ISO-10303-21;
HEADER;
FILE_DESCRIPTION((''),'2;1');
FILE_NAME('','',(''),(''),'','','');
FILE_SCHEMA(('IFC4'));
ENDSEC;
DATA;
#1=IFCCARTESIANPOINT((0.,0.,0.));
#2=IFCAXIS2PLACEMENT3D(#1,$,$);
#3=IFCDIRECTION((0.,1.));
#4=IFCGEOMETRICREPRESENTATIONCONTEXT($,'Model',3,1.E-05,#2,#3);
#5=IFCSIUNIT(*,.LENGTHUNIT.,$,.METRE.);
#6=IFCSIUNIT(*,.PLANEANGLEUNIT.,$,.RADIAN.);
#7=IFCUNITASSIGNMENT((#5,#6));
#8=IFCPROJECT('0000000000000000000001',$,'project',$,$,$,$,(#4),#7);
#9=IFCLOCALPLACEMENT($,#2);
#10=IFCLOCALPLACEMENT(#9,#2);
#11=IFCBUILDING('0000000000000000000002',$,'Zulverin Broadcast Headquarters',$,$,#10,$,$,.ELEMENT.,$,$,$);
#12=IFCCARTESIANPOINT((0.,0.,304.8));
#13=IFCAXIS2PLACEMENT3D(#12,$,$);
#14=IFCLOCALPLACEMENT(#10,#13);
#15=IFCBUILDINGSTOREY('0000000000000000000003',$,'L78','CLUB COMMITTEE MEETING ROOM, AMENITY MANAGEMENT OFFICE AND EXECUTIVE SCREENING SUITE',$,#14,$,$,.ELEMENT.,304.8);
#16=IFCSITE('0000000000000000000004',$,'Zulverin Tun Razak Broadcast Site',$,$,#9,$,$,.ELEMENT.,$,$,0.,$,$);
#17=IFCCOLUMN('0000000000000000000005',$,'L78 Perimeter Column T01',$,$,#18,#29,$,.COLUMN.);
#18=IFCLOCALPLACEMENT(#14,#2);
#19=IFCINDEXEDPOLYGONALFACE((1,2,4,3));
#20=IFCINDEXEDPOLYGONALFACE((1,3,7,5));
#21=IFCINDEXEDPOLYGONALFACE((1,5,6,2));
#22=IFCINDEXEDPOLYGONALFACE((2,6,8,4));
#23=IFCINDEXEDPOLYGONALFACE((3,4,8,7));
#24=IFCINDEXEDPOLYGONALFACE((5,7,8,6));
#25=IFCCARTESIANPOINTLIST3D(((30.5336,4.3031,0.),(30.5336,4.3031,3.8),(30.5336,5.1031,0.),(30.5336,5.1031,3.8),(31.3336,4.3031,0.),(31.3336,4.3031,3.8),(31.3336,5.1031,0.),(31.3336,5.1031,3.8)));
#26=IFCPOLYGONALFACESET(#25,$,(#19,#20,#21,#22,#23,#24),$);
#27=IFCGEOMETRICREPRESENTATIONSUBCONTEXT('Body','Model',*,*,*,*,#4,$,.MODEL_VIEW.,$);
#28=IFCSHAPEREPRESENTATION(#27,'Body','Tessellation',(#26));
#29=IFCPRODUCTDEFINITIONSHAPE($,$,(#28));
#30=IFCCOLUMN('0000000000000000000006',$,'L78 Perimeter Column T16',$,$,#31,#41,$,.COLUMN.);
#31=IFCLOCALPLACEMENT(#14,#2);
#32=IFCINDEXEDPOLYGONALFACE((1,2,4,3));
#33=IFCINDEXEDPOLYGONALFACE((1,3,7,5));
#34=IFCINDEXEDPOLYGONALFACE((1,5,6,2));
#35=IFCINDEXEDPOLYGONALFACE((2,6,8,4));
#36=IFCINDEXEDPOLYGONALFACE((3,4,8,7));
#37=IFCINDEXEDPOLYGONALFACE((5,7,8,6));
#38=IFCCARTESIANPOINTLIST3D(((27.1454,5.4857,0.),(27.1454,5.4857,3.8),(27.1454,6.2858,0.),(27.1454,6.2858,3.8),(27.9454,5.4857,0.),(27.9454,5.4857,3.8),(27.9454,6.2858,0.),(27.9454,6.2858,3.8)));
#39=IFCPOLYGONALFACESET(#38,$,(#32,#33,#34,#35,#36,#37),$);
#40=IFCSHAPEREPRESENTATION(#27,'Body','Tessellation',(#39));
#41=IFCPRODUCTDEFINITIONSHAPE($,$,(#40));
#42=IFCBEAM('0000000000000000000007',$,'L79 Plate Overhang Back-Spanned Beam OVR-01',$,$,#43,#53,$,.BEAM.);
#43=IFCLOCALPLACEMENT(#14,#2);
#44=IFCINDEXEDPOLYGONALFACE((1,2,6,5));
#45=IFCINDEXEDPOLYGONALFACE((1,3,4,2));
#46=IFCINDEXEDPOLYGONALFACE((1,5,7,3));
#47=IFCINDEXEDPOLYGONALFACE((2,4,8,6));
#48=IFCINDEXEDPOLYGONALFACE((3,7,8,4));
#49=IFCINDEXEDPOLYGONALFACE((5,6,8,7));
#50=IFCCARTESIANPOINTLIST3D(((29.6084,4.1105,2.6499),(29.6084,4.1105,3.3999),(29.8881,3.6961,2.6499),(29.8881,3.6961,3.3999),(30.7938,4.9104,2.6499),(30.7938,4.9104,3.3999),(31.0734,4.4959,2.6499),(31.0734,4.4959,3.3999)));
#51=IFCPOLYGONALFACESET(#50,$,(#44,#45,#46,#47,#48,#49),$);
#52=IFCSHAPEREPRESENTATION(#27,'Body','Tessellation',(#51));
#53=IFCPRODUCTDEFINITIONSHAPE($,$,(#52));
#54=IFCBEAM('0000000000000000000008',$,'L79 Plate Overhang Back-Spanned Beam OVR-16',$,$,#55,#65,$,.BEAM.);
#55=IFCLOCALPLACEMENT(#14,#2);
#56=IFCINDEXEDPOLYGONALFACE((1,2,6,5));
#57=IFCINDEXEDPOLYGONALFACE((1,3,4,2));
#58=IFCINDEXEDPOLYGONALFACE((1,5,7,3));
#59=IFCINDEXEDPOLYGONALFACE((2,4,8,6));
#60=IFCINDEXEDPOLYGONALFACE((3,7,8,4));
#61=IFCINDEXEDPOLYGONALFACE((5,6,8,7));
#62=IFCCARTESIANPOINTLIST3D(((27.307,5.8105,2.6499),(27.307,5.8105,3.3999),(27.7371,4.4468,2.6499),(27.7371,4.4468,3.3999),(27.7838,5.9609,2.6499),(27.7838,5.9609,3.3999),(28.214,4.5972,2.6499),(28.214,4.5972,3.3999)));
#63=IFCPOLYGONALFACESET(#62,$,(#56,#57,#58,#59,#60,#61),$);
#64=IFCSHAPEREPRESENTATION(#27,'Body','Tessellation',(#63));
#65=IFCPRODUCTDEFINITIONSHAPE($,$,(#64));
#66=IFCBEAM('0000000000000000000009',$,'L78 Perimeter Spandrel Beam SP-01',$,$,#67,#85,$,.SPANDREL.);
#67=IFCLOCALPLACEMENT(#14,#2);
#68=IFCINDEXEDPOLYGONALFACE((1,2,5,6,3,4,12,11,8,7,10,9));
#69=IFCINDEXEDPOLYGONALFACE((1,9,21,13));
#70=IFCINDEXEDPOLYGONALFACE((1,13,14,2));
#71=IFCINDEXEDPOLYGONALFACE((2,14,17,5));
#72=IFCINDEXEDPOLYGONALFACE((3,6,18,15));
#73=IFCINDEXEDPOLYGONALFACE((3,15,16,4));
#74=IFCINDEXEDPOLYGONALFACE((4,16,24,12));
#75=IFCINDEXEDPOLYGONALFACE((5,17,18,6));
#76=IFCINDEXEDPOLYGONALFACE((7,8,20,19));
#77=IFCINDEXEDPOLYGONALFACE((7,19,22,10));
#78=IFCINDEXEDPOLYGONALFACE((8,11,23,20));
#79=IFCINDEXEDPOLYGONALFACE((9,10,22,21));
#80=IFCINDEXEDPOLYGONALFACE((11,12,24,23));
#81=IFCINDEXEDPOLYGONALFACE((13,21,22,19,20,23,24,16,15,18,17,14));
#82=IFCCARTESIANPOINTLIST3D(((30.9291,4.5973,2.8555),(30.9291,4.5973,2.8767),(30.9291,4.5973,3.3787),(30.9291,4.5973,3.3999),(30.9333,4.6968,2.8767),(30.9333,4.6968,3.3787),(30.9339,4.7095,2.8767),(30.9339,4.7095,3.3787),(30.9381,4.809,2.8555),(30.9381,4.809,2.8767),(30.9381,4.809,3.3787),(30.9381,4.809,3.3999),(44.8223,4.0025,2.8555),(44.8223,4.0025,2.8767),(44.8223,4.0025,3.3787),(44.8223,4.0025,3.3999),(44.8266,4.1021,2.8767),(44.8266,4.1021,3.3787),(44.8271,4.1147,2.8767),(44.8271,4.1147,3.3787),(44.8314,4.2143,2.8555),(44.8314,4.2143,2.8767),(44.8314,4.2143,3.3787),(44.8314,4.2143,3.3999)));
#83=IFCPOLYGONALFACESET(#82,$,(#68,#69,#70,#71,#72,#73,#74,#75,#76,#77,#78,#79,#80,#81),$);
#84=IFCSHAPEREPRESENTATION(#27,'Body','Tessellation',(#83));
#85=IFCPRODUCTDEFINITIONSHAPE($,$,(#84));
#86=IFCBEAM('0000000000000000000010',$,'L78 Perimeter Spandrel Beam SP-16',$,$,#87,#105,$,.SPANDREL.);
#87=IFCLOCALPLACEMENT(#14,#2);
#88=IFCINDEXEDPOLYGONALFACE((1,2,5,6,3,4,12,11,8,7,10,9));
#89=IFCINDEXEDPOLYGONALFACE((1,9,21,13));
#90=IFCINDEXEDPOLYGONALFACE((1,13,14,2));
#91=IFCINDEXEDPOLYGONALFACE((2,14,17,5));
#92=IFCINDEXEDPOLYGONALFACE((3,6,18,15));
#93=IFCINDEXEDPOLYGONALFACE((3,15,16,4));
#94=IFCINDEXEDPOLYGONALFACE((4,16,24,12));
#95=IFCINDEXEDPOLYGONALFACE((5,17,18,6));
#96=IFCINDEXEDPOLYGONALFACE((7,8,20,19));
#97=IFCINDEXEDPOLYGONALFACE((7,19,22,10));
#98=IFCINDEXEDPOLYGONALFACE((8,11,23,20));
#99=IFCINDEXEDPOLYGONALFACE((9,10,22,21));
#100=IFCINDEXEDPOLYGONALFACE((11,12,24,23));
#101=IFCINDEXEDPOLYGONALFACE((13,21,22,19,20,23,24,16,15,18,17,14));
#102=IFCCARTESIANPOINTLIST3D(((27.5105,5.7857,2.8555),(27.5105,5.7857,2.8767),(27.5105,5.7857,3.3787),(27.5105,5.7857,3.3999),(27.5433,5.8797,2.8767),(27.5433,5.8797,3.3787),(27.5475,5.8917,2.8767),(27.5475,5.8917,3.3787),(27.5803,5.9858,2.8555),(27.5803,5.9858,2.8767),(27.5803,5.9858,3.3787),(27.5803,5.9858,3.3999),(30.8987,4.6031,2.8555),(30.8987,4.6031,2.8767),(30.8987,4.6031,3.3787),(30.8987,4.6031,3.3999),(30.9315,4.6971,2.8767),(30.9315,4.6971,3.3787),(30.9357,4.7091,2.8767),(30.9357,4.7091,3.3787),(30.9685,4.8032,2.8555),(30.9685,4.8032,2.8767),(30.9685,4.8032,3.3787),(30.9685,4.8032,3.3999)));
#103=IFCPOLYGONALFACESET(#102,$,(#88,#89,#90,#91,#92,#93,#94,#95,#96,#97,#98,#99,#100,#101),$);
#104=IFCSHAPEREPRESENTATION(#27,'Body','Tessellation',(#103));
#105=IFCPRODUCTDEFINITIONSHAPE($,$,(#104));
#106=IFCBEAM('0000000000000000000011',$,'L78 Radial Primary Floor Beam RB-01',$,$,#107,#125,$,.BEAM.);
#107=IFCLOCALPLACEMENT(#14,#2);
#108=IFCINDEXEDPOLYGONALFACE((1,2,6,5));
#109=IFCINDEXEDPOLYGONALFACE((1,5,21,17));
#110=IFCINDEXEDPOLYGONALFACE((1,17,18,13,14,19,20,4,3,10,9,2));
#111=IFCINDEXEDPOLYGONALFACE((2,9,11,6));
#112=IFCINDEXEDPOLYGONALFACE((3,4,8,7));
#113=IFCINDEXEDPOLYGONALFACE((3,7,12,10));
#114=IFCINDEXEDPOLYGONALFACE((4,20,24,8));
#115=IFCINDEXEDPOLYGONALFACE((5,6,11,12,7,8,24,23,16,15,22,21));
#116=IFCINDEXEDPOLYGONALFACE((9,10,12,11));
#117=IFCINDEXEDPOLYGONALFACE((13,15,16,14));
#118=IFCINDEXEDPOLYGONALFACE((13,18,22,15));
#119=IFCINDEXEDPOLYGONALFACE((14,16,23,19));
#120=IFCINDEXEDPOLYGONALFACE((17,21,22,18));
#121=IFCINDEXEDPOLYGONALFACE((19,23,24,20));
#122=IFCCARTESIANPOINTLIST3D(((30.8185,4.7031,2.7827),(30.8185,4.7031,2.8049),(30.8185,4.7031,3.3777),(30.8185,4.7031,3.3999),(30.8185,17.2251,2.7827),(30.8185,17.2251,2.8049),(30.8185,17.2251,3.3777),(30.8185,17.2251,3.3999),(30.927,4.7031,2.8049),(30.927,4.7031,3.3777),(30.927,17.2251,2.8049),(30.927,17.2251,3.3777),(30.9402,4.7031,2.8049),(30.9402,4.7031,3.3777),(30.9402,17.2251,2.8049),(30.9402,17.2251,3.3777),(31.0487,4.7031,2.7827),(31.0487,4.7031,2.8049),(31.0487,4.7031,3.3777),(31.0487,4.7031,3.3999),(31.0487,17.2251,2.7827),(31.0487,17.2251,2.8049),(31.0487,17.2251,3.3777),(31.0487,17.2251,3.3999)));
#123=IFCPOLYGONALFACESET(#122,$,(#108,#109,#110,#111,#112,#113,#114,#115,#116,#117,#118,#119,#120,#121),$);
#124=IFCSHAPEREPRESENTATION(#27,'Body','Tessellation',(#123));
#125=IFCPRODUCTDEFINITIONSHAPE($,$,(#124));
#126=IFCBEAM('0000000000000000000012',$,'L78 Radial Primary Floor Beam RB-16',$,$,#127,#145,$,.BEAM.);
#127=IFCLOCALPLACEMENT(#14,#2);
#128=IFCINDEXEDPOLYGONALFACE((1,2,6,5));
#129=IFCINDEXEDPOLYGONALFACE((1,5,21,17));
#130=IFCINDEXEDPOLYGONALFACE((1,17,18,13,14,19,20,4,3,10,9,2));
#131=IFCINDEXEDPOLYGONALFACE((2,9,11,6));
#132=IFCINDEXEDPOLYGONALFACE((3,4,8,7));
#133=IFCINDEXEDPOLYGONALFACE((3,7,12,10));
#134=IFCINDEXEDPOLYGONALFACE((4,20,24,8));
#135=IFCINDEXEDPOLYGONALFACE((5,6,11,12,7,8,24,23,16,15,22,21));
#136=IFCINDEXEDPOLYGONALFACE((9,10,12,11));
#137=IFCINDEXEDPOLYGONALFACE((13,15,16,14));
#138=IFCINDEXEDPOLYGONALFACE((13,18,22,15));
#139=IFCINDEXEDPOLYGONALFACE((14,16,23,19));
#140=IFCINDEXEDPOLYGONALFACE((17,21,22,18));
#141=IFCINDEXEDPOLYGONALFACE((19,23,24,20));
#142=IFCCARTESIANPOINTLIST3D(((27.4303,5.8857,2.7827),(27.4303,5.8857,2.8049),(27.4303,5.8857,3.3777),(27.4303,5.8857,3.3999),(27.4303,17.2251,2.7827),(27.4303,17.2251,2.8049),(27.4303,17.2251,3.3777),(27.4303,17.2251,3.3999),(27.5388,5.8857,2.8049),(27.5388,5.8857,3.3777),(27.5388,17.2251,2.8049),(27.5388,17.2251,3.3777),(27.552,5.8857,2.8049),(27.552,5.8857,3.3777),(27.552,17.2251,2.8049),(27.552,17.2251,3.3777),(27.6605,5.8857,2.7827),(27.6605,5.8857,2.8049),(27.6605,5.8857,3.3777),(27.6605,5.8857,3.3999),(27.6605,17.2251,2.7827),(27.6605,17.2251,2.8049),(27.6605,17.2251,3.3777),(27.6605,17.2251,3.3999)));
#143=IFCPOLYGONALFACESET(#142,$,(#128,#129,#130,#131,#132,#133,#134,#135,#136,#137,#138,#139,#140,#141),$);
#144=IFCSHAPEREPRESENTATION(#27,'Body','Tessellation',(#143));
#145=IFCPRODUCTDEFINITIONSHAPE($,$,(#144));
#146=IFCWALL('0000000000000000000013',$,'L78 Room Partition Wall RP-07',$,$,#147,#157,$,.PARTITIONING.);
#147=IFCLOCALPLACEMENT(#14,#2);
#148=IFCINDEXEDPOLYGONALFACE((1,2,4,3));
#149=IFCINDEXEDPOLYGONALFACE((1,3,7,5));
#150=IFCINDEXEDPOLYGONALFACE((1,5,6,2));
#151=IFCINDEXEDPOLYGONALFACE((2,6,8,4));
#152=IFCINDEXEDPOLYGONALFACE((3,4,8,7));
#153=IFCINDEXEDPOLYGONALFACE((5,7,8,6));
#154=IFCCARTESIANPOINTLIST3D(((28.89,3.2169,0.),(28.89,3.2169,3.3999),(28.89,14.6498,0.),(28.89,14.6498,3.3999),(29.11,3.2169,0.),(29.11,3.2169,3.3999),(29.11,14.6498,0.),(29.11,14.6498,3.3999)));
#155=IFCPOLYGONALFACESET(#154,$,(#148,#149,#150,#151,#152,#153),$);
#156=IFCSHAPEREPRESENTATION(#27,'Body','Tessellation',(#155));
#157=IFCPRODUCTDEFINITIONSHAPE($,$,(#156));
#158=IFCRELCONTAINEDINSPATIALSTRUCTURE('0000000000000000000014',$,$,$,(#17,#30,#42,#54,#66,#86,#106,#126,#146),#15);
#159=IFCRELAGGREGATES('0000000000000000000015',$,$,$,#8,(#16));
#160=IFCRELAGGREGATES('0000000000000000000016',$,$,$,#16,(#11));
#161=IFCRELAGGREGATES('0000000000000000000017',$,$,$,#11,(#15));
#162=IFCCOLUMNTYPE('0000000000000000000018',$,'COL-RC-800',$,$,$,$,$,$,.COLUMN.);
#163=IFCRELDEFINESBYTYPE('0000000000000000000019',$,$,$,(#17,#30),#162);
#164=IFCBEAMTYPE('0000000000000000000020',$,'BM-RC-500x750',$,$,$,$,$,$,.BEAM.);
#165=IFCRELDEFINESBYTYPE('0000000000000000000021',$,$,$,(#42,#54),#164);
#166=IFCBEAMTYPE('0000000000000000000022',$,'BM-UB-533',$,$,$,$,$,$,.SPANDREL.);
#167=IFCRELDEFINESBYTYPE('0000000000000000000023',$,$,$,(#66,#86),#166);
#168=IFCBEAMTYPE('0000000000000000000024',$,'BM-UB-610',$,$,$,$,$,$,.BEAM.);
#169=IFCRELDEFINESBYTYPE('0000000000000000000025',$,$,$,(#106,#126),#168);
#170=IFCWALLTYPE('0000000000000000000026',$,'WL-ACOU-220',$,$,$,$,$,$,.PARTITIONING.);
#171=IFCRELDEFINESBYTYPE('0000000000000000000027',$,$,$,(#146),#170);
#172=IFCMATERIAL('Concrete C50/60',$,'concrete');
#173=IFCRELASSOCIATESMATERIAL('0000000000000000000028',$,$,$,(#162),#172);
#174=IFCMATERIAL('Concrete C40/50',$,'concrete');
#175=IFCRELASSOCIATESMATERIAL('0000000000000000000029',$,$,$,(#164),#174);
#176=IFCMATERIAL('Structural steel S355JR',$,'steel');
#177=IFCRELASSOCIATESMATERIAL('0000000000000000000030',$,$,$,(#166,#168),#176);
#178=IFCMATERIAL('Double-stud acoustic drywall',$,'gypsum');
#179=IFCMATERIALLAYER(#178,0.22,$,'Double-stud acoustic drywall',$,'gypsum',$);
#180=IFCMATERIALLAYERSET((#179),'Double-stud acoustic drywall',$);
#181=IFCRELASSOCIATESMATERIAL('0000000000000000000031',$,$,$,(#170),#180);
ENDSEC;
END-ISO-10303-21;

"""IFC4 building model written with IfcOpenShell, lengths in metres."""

from ifc_helpers import new_model, si_unit, direction, frame, frame_2d, origin, origin_2d, place, context, subcontext, project, spatial, rectangle, i_section, extrude, material, layer, layer_set, material_profile, profile_set, type_object, element, save


model = new_model("IFC4")

# Units and contexts
model_context = context("Model", 3, precision=1e-05, world=origin(), true_north=direction((0.0, 1.0)))
body_context = subcontext(model_context, "Body", "Model", "MODEL_VIEW")
ifc_project = project(units=[si_unit("LENGTHUNIT", "METRE"), si_unit("PLANEANGLEUNIT", "RADIAN")], contexts=[model_context])

# Site, building, storey
site_placement = place(None, origin())
site = spatial("IfcSite", under=ifc_project, at=site_placement, Name="Zulverin Tun Razak Broadcast Site", CompositionType="ELEMENT", RefElevation=0.0)
building_placement = place(site_placement, origin())
building = spatial("IfcBuilding", under=site, at=building_placement, Name="Zulverin Broadcast Headquarters", CompositionType="ELEMENT")
storey_placement = place(building_placement, frame((0.0, 0.0, 304.8)))
storey = spatial("IfcBuildingStorey", under=building, at=storey_placement, Name="L78", Description="CLUB COMMITTEE MEETING ROOM, AMENITY MANAGEMENT OFFICE AND EXECUTIVE SCREENING SUITE", CompositionType="ELEMENT", Elevation=304.8)

# Columns
ifc_material_1 = material(Name="Concrete C50/60", Category="concrete")
ifc_material_profile_1 = material_profile(ifc_material_1, rectangle(XDim=0.8, YDim=0.8, at=origin_2d()), Name="Concrete C50/60", Category="concrete")
ifc_profile_set_1 = profile_set([ifc_material_profile_1], Name="Concrete C50/60")
column_type = type_object("IfcColumnType", Name="COL-RC-800", PredefinedType="COLUMN", material=ifc_profile_set_1)
for number, where, z_axis, x_axis, name in (
    (1, (30.9336, 4.7031, 0.0), (0.0, 0.0, 1.0), (1.0, 0.0, 0.0), "L78 Perimeter Column T01"),
    (2, (27.5454, 5.8857, 0.0), (0.0, 0.0, 1.0), (1.0, 0.0, 0.0), "L78 Perimeter Column T16"),
):
    element("IfcColumn", number, at=place(storey_placement, frame(where, z_axis=z_axis, x_axis=x_axis)), inside=storey, type_object=column_type, Name=name, PredefinedType="COLUMN", context=body_context, shape_type="SweptSolid", body=[
        extrude(rectangle(XDim=0.8, YDim=0.8, at=origin_2d()), origin(), (0.0, 0.0, 1.0), 3.8),
    ])

# Beams
ifc_material_2 = material(Name="Concrete C40/50", Category="concrete")
ifc_material_profile_2 = material_profile(ifc_material_2, rectangle(XDim=0.5, YDim=0.75, at=origin_2d()), Name="Concrete C40/50", Category="concrete")
ifc_profile_set_2 = profile_set([ifc_material_profile_2], Name="Concrete C40/50")
beam_type_1 = type_object("IfcBeamType", Name="BM-RC-500x750", PredefinedType="BEAM", material=ifc_profile_set_2)
for number, where, z_axis, x_axis, name in (
    (3, (30.9336, 4.7031, 3.0249), (-0.828938, -0.559341, 0.0), (0.559341, -0.828938, 0.0), "L79 Plate Overhang Back-Spanned Beam OVR-01"),
    (4, (27.5454, 5.8857, 3.0249), (0.300821, -0.953681, 0.0), (0.953681, 0.300821, 0.0), "L79 Plate Overhang Back-Spanned Beam OVR-16"),
):
    element("IfcBeam", number, at=place(storey_placement, frame(where, z_axis=z_axis, x_axis=x_axis)), inside=storey, type_object=beam_type_1, Name=name, PredefinedType="BEAM", context=body_context, shape_type="SweptSolid", body=[
        extrude(rectangle(XDim=0.5, YDim=0.75, at=origin_2d()), origin(), (0.0, 0.0, 1.0), 1.4299),
    ])
ifc_material_3 = material(Name="Structural steel S355JR", Category="steel")
ifc_material_profile_3 = material_profile(ifc_material_3, i_section(OverallWidth=0.2119, OverallDepth=0.5444, WebThickness=0.0127, FlangeThickness=0.0212, at=origin_2d()), Name="Structural steel S355JR", Category="steel")
ifc_profile_set_3 = profile_set([ifc_material_profile_3], Name="Structural steel S355JR")
beam_type_2 = type_object("IfcBeamType", Name="BM-UB-533", PredefinedType="SPANDREL", material=ifc_profile_set_3)
beam_1_placement = place(storey_placement, frame((30.9336, 4.7031, 3.1277), z_axis=(0.999085, -0.042768, 0.0), x_axis=(0.042768, 0.999085, 0.0)))
element("IfcBeam", 5, at=beam_1_placement, inside=storey, type_object=beam_type_2, Name="L78 Perimeter Spandrel Beam SP-01", PredefinedType="SPANDREL", context=body_context, shape_type="SweptSolid", body=[
    extrude(i_section(OverallWidth=0.2119, OverallDepth=0.5444, WebThickness=0.0127, FlangeThickness=0.0212, at=origin_2d()), origin(), (0.0, 0.0, 1.0), 13.906),
])
beam_2_placement = place(storey_placement, frame((27.5454, 5.8857, 3.1277), z_axis=(0.94414, -0.329544, 0.0), x_axis=(0.329544, 0.94414, 0.0)))
element("IfcBeam", 6, at=beam_2_placement, inside=storey, type_object=beam_type_2, Name="L78 Perimeter Spandrel Beam SP-16", PredefinedType="SPANDREL", context=body_context, shape_type="SweptSolid", body=[
    extrude(i_section(OverallWidth=0.2119, OverallDepth=0.5444, WebThickness=0.0127, FlangeThickness=0.0212, at=origin_2d()), origin(), (0.0, 0.0, 1.0), 3.5886),
])
ifc_material_profile_4 = material_profile(ifc_material_3, i_section(OverallWidth=0.2302, OverallDepth=0.6172, WebThickness=0.0132, FlangeThickness=0.0222, at=origin_2d()), Name="Structural steel S355JR", Category="steel")
ifc_profile_set_4 = profile_set([ifc_material_profile_4], Name="Structural steel S355JR")
beam_type_3 = type_object("IfcBeamType", Name="BM-UB-610", PredefinedType="BEAM", material=ifc_profile_set_4)
beam_3_placement = place(storey_placement, frame((30.9336, 17.2251, 3.0913), z_axis=(0.0, -1.0, 0.0), x_axis=(1.0, 0.0, 0.0)))
element("IfcBeam", 7, at=beam_3_placement, inside=storey, type_object=beam_type_3, Name="L78 Radial Primary Floor Beam RB-01", PredefinedType="BEAM", context=body_context, shape_type="SweptSolid", body=[
    extrude(i_section(OverallWidth=0.2302, OverallDepth=0.6172, WebThickness=0.0132, FlangeThickness=0.0222, at=origin_2d()), origin(), (0.0, 0.0, 1.0), 12.522),
])
beam_4_placement = place(storey_placement, frame((27.5454, 17.2251, 3.0913), z_axis=(0.0, -1.0, 0.0), x_axis=(1.0, 0.0, 0.0)))
element("IfcBeam", 8, at=beam_4_placement, inside=storey, type_object=beam_type_3, Name="L78 Radial Primary Floor Beam RB-16", PredefinedType="BEAM", context=body_context, shape_type="SweptSolid", body=[
    extrude(i_section(OverallWidth=0.2302, OverallDepth=0.6172, WebThickness=0.0132, FlangeThickness=0.0222, at=origin_2d()), origin(), (0.0, 0.0, 1.0), 11.3394),
])

# Wall
ifc_material_4 = material(Name="Double-stud acoustic drywall", Category="gypsum")
ifc_layer_1 = layer(ifc_material_4, 0.22, Name="Double-stud acoustic drywall", Category="gypsum")
ifc_layer_set_1 = layer_set([ifc_layer_1], Name="Double-stud acoustic drywall")
wall_type_1 = type_object("IfcWallType", Name="WL-ACOU-220", PredefinedType="PARTITIONING", material=ifc_layer_set_1)
wall_1_placement = place(storey_placement, frame((29.0, 3.217, 0.0), z_axis=(0.0, 0.0, 1.0), x_axis=(0.0, 1.0, 0.0)))
element("IfcWall", 9, at=wall_1_placement, inside=storey, type_object=wall_type_1, Name="L78 Room Partition Wall RP-07", PredefinedType="PARTITIONING", context=body_context, shape_type="SweptSolid", body=[
    extrude(rectangle(XDim=11.4329, YDim=0.22, at=frame_2d((5.7163, 0.0))), origin(), (0.0, 0.0, 1.0), 3.3999),
])

save(model, "model.ifc")
